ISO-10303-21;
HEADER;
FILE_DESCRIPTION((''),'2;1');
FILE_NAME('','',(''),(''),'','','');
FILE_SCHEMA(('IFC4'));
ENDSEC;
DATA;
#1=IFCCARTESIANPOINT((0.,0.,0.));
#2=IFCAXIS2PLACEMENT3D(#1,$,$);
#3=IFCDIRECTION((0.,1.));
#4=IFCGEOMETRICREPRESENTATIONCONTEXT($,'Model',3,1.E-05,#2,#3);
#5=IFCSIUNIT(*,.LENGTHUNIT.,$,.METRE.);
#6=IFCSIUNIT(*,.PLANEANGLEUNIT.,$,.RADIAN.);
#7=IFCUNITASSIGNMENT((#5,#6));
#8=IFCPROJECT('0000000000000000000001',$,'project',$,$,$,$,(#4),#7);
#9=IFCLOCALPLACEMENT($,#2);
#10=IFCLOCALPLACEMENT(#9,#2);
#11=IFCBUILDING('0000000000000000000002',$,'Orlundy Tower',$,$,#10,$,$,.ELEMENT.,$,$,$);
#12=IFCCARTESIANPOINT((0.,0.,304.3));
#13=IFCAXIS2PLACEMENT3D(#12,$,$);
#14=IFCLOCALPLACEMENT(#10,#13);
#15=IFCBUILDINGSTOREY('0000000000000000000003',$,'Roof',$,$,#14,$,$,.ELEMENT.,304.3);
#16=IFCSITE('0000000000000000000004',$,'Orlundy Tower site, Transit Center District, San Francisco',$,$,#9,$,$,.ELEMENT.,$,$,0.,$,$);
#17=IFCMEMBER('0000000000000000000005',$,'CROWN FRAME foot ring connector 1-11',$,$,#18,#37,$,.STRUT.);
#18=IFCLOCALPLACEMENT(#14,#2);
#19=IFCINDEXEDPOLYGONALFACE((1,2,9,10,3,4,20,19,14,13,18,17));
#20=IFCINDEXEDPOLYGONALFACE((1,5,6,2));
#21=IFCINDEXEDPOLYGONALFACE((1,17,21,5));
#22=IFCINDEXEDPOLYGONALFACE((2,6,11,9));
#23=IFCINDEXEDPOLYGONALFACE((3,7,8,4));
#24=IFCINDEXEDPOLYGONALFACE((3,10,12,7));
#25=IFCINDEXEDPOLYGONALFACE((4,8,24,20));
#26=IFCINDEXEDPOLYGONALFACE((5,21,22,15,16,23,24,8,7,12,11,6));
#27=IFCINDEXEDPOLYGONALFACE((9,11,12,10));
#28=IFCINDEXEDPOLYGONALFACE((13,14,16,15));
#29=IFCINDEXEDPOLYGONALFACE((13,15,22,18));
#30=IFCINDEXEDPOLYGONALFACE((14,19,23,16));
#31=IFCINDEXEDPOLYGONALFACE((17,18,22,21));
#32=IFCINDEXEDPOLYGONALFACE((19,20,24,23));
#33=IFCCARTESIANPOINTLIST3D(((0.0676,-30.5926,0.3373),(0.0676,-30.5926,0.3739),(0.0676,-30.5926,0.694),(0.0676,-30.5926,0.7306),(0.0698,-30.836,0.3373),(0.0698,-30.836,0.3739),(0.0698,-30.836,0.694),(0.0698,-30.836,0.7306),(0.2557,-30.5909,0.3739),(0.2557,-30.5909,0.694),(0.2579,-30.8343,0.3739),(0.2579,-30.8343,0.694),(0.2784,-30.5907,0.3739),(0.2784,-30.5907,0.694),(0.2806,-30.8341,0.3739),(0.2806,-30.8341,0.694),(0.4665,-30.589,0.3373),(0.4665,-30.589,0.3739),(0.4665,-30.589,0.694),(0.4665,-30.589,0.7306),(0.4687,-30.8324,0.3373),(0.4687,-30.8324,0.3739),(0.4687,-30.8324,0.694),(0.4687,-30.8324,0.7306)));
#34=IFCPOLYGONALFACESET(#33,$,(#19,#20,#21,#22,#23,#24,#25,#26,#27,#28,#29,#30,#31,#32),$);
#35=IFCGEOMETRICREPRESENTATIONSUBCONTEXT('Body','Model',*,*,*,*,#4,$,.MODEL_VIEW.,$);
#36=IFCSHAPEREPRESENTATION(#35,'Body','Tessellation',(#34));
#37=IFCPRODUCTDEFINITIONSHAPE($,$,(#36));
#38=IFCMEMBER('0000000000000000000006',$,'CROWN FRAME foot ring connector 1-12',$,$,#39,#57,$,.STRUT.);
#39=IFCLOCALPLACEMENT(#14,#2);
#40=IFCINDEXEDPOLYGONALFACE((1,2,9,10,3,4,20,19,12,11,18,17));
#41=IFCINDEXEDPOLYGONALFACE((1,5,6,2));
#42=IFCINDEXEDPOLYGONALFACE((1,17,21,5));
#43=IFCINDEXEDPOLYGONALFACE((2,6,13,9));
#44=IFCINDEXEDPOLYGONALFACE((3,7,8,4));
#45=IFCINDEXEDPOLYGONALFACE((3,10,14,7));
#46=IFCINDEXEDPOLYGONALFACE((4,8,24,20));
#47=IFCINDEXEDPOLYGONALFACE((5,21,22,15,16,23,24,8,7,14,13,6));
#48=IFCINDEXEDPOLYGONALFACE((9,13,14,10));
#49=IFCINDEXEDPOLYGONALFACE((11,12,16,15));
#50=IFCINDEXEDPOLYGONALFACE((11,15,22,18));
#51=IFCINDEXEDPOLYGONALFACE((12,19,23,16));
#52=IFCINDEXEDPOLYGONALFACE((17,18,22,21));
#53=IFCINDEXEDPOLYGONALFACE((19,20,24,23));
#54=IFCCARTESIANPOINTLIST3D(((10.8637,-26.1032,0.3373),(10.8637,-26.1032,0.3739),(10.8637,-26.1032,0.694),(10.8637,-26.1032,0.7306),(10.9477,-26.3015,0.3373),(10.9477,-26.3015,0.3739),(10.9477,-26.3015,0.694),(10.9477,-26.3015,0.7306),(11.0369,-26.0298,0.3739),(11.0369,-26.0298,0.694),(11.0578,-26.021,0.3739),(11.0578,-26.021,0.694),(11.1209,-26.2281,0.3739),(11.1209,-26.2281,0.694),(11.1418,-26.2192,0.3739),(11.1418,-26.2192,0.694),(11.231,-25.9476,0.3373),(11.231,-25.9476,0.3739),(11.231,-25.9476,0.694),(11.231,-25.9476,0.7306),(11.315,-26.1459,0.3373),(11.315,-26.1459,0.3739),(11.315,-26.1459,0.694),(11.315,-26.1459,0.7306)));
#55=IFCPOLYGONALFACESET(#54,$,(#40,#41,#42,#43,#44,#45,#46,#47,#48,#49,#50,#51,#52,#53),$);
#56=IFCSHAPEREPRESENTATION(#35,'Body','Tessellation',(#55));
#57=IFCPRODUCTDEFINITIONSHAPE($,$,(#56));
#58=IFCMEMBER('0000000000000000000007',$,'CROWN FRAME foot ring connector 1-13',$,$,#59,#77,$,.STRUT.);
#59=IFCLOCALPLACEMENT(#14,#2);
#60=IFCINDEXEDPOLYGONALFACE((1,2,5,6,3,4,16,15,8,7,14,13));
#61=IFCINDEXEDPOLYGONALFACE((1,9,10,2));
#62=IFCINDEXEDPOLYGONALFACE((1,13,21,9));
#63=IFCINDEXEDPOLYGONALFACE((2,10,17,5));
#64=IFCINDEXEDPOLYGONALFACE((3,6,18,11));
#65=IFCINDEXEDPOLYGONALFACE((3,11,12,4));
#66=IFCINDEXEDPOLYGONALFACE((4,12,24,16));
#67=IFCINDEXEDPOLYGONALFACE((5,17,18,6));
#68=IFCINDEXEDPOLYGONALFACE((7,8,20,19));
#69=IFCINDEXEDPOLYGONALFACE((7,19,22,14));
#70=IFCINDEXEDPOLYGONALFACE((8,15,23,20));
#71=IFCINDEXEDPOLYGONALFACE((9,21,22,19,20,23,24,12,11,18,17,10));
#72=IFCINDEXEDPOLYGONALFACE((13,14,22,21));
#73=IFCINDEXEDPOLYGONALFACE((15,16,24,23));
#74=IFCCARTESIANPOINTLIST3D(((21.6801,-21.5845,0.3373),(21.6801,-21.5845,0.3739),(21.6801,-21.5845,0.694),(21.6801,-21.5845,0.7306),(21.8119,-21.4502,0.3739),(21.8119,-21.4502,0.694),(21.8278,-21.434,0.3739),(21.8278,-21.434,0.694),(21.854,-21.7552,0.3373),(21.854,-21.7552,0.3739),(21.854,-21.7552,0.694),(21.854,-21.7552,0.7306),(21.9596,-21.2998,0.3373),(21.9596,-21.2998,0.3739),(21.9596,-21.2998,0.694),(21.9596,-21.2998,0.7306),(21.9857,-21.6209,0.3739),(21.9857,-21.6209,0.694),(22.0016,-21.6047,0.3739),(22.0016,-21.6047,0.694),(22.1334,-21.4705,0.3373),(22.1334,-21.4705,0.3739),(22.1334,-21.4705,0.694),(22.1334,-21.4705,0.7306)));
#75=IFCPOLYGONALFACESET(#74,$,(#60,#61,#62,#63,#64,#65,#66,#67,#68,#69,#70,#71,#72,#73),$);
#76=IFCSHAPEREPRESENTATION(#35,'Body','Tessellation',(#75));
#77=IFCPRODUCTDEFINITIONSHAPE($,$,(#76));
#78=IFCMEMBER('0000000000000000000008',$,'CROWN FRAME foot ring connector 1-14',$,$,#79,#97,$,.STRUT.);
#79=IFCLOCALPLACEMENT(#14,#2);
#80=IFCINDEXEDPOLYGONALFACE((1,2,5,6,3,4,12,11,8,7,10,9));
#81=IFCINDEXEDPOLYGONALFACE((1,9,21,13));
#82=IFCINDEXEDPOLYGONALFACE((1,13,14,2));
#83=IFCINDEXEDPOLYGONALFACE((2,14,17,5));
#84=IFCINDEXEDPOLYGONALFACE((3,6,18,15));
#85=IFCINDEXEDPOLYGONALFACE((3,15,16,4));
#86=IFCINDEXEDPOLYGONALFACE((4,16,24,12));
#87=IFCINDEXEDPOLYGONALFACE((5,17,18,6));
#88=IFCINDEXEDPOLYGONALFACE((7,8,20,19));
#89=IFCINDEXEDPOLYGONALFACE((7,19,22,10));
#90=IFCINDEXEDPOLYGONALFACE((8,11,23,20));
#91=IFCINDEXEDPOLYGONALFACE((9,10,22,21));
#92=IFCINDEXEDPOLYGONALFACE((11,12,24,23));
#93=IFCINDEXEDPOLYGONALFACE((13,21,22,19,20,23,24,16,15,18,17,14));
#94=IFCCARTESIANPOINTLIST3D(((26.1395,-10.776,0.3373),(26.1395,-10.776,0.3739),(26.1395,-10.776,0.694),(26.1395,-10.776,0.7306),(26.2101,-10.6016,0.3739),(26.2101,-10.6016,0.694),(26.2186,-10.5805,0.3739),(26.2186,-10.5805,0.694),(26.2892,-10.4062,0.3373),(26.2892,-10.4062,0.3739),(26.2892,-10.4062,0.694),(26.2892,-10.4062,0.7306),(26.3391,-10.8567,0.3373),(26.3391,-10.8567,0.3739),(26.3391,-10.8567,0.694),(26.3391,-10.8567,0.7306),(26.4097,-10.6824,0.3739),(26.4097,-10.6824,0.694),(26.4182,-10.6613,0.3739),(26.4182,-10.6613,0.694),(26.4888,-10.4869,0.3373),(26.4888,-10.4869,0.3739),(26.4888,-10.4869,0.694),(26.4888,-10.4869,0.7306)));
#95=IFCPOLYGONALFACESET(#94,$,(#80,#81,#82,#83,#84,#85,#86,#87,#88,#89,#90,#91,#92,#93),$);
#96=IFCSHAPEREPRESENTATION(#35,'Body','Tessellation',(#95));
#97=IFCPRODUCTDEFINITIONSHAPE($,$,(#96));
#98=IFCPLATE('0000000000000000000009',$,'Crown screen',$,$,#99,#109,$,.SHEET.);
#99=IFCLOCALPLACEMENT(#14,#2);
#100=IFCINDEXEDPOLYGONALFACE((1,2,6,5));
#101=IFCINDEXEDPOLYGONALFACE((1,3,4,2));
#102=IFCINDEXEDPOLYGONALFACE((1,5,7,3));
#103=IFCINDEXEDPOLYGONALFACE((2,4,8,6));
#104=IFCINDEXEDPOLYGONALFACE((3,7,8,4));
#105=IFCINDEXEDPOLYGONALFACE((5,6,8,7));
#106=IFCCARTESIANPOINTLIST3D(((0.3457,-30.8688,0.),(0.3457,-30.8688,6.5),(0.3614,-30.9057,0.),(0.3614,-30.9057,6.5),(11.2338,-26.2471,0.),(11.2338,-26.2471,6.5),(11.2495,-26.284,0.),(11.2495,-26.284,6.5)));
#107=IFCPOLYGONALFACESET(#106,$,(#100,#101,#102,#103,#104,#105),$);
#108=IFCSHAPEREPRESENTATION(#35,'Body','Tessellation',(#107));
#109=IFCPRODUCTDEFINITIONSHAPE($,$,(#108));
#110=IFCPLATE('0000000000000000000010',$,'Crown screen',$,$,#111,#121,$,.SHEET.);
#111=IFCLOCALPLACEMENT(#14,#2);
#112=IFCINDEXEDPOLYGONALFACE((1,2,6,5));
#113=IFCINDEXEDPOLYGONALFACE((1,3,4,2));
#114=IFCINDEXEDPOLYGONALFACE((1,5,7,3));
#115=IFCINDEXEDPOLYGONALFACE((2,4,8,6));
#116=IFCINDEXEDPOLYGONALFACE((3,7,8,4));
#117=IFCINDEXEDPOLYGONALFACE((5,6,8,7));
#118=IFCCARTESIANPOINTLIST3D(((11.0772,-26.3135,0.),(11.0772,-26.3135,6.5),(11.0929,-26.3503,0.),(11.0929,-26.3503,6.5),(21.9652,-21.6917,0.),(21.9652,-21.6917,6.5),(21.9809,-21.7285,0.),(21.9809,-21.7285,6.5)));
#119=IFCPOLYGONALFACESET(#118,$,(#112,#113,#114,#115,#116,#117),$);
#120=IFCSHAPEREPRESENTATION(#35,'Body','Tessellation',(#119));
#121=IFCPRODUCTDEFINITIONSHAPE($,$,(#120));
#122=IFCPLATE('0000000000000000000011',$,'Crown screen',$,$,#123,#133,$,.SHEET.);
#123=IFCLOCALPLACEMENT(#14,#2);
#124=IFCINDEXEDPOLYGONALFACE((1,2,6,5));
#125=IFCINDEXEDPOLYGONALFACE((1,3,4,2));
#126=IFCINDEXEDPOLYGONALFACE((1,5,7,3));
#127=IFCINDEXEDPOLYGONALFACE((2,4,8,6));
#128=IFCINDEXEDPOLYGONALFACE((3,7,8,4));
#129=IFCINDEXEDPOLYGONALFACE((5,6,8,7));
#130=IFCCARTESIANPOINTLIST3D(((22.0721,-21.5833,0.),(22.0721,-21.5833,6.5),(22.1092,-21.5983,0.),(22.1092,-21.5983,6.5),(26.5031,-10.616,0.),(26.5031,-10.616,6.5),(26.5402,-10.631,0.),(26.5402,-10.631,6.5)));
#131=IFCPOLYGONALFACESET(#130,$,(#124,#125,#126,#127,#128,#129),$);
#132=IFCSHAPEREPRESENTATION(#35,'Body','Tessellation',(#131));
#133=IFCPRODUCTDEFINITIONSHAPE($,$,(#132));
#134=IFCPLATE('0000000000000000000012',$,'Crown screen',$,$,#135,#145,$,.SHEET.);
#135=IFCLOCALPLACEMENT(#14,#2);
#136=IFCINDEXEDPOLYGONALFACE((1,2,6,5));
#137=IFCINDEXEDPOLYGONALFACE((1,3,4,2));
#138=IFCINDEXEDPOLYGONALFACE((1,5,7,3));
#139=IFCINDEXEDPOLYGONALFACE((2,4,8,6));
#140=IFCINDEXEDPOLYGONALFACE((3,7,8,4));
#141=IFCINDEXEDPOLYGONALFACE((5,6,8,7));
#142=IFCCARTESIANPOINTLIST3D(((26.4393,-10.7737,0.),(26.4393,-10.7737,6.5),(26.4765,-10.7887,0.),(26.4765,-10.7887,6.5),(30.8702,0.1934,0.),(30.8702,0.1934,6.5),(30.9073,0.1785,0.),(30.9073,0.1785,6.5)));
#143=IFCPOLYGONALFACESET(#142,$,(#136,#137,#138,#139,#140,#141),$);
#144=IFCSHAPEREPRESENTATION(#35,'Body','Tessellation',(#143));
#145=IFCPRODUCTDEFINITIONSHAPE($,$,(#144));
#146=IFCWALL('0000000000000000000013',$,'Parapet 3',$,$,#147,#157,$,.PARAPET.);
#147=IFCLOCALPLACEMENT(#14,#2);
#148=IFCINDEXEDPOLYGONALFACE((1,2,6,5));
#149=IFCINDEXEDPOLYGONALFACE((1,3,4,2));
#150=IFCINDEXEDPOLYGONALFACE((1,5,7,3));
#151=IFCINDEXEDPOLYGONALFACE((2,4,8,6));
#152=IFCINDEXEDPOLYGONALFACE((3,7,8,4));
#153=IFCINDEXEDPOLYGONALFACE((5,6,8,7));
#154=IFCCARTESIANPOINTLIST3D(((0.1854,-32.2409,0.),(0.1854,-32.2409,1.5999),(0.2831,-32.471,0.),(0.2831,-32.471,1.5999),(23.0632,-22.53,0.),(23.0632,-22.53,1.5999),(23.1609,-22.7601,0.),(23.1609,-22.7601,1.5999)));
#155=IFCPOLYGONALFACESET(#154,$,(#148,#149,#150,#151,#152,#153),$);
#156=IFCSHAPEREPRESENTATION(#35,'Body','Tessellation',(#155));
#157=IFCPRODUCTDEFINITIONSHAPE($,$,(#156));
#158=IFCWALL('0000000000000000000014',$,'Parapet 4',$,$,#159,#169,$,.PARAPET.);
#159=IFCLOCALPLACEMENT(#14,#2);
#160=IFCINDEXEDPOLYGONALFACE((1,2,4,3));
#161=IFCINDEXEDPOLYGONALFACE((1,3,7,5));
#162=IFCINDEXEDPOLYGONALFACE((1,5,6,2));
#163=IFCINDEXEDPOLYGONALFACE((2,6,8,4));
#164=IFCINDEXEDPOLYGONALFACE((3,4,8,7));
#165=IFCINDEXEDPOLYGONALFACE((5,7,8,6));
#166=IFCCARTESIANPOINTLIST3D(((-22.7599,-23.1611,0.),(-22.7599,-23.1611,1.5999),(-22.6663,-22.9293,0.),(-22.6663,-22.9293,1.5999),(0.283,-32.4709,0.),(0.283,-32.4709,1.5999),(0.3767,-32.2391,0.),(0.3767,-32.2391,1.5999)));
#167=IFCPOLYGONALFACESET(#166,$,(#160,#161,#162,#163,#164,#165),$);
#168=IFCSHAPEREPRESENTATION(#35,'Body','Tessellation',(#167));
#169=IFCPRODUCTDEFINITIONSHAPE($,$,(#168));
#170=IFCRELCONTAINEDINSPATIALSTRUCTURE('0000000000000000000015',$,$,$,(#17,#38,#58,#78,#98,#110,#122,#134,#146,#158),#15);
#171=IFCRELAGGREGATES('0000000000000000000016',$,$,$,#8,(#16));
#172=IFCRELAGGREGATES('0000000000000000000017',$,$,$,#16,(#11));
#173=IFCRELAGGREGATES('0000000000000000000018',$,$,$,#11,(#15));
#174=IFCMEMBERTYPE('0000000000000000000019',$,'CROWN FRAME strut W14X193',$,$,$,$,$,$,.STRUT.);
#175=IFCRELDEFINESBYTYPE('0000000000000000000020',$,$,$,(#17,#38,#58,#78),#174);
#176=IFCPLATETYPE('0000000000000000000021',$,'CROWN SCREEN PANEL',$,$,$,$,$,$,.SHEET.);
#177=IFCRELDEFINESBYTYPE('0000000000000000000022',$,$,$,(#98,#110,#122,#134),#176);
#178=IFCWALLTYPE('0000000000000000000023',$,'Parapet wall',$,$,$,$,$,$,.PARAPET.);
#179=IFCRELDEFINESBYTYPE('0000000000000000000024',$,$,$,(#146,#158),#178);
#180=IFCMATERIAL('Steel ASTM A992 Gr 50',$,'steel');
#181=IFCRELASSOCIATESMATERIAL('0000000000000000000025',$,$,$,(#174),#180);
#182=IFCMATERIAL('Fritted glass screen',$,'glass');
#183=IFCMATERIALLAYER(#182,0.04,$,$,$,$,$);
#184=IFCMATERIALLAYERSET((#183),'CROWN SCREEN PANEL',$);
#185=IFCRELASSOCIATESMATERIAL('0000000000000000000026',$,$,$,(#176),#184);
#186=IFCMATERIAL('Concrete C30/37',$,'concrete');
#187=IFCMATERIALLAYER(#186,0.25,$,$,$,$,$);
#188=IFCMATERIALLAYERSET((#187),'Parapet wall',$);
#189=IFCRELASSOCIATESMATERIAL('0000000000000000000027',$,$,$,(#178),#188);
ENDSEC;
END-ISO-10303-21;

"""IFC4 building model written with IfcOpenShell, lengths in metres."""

from ifc_helpers import new_model, si_unit, direction, frame, frame_2d, origin, origin_2d, place, context, subcontext, project, spatial, rectangle, i_section, extrude, material, layer, layer_set, material_profile, profile_set, type_object, element, save


model = new_model("IFC4")

# Units and contexts
model_context = context("Model", 3, precision=1e-05, world=origin(), true_north=direction((0.0, 1.0)))
body_context = subcontext(model_context, "Body", "Model", "MODEL_VIEW")
ifc_project = project(units=[si_unit("LENGTHUNIT", "METRE"), si_unit("PLANEANGLEUNIT", "RADIAN")], contexts=[model_context])

# Site, building, storey
site_placement = place(None, origin())
site = spatial("IfcSite", under=ifc_project, at=site_placement, Name="Orlundy Tower site, Transit Center District, San Francisco", CompositionType="ELEMENT", RefElevation=0.0)
building_placement = place(site_placement, origin())
building = spatial("IfcBuilding", under=site, at=building_placement, Name="Orlundy Tower", CompositionType="ELEMENT")
storey_placement = place(building_placement, frame((0.0, 0.0, 304.3)))
storey = spatial("IfcBuildingStorey", under=building, at=storey_placement, Name="Roof", CompositionType="ELEMENT", Elevation=304.3)

# Members
ifc_material_1 = material(Name="Steel ASTM A992 Gr 50", Category="steel")
ifc_material_profile_1 = material_profile(ifc_material_1, i_section(OverallWidth=0.3989, OverallDepth=0.3933, WebThickness=0.0227, FlangeThickness=0.0366, at=origin_2d()), Name="W14X193")
ifc_profile_set_1 = profile_set([ifc_material_profile_1], Name="Steel ASTM A992 Gr 50")
member_type = type_object("IfcMemberType", Name="CROWN FRAME strut W14X193", PredefinedType="STRUT", material=ifc_profile_set_1)
member_1_placement = place(storey_placement, frame((0.2671, -30.5908, 0.5339), z_axis=(0.009027, -0.999959, 0.0), x_axis=(0.999959, 0.009027, 0.0)))
element("IfcMember", 1, at=member_1_placement, inside=storey, type_object=member_type, Name="CROWN FRAME foot ring connector 1-11", PredefinedType="STRUT", context=body_context, shape_type="SweptSolid", body=[
    extrude(i_section(OverallWidth=0.3989, OverallDepth=0.3933, WebThickness=0.0227, FlangeThickness=0.0366, at=origin_2d()), origin(), (0.0, 0.0, 1.0), 0.2434),
])
member_2_placement = place(storey_placement, frame((11.0474, -26.0254, 0.5339), z_axis=(0.390084, -0.920779, 0.0), x_axis=(0.920779, 0.390084, 0.0)))
element("IfcMember", 2, at=member_2_placement, inside=storey, type_object=member_type, Name="CROWN FRAME foot ring connector 1-12", PredefinedType="STRUT", context=body_context, shape_type="SweptSolid", body=[
    extrude(i_section(OverallWidth=0.3989, OverallDepth=0.3933, WebThickness=0.0227, FlangeThickness=0.0366, at=origin_2d()), origin(), (0.0, 0.0, 1.0), 0.2153),
])
member_3_placement = place(storey_placement, frame((21.8198, -21.4421, 0.5339), z_axis=(0.713591, -0.700562, 0.0), x_axis=(0.700562, 0.713591, 0.0)))
element("IfcMember", 3, at=member_3_placement, inside=storey, type_object=member_type, Name="CROWN FRAME foot ring connector 1-13", PredefinedType="STRUT", context=body_context, shape_type="SweptSolid", body=[
    extrude(i_section(OverallWidth=0.3989, OverallDepth=0.3933, WebThickness=0.0227, FlangeThickness=0.0366, at=origin_2d()), origin(), (0.0, 0.0, 1.0), 0.2437),
])
member_4_placement = place(storey_placement, frame((26.2144, -10.5911, 0.5339), z_axis=(0.926984, -0.3751, 0.0), x_axis=(0.3751, 0.926984, 0.0)))
element("IfcMember", 4, at=member_4_placement, inside=storey, type_object=member_type, Name="CROWN FRAME foot ring connector 1-14", PredefinedType="STRUT", context=body_context, shape_type="SweptSolid", body=[
    extrude(i_section(OverallWidth=0.3989, OverallDepth=0.3933, WebThickness=0.0227, FlangeThickness=0.0366, at=origin_2d()), origin(), (0.0, 0.0, 1.0), 0.2153),
])

# Plates
ifc_material_2 = material(Name="Fritted glass screen", Category="glass")
ifc_layer_1 = layer(ifc_material_2, 0.04)
ifc_layer_set_1 = layer_set([ifc_layer_1], Name="CROWN SCREEN PANEL")
plate_type = type_object("IfcPlateType", Name="CROWN SCREEN PANEL", PredefinedType="SHEET", material=ifc_layer_set_1)
for number, where, z_axis, x_axis, name in (
    (5, (5.7976, -28.5764, 0.0), (0.0, 0.0, 1.0), (0.920506, 0.390728, 0.0), "Crown screen"),
    (6, (16.5291, -24.021, 0.0), (0.0, 0.0, 1.0), (0.920502, 0.390739, 0.0), "Crown screen"),
):
    element("IfcPlate", number, at=place(storey_placement, frame(where, z_axis=z_axis, x_axis=x_axis)), inside=storey, type_object=plate_type, Name=name, PredefinedType="SHEET", context=body_context, shape_type="SweptSolid", body=[
        extrude(rectangle(XDim=11.8284, YDim=0.04, at=origin_2d()), origin(), (0.0, 0.0, 1.0), 6.5),
    ])
plate_1_placement = place(storey_placement, frame((24.3062, -16.1072, 0.0), z_axis=(0.0, 0.0, 1.0), x_axis=(0.374602, 0.927186, 0.0)))
element("IfcPlate", 7, at=plate_1_placement, inside=storey, type_object=plate_type, Name="Crown screen", PredefinedType="SHEET", context=body_context, shape_type="SweptSolid", body=[
    extrude(rectangle(XDim=11.8286, YDim=0.04, at=origin_2d()), origin(), (0.0, 0.0, 1.0), 6.5),
])
plate_2_placement = place(storey_placement, frame((28.6733, -5.2976, 0.0), z_axis=(0.0, 0.0, 1.0), x_axis=(0.374598, 0.927187, 0.0)))
element("IfcPlate", 8, at=plate_2_placement, inside=storey, type_object=plate_type, Name="Crown screen", PredefinedType="SHEET", context=body_context, shape_type="SweptSolid", body=[
    extrude(rectangle(XDim=11.8284, YDim=0.04, at=origin_2d()), origin(), (0.0, 0.0, 1.0), 6.5),
])

# Walls
ifc_material_3 = material(Name="Concrete C30/37", Category="concrete")
ifc_layer_2 = layer(ifc_material_3, 0.25)
ifc_layer_set_2 = layer_set([ifc_layer_2], Name="Parapet wall")
wall_type = type_object("IfcWallType", Name="Parapet wall", PredefinedType="PARAPET", material=ifc_layer_set_2)
wall_1_placement = place(storey_placement, frame((23.1121, -22.645, 0.0), z_axis=(0.0, 0.0, 1.0), x_axis=(-0.920507, -0.390725, 0.0)))
element("IfcWall", 9, at=wall_1_placement, inside=storey, type_object=wall_type, Name="Parapet 3", PredefinedType="PARAPET", context=body_context, shape_type="SweptSolid", body=[
    extrude(rectangle(XDim=24.8535, YDim=0.25, at=frame_2d((12.4268, 0.0))), origin(), (0.0, 0.0, 1.0), 1.5999),
])
wall_2_placement = place(storey_placement, frame((0.3298, -32.355, 0.0), z_axis=(0.0, 0.0, 1.0), x_axis=(-0.927186, 0.374601, 0.0)))
element("IfcWall", 10, at=wall_2_placement, inside=storey, type_object=wall_type, Name="Parapet 4", PredefinedType="PARAPET", context=body_context, shape_type="SweptSolid", body=[
    extrude(rectangle(XDim=24.8525, YDim=0.25, at=frame_2d((12.4263, 0.0))), origin(), (0.0, 0.0, 1.0), 1.5999),
])

save(model, "model.ifc")
